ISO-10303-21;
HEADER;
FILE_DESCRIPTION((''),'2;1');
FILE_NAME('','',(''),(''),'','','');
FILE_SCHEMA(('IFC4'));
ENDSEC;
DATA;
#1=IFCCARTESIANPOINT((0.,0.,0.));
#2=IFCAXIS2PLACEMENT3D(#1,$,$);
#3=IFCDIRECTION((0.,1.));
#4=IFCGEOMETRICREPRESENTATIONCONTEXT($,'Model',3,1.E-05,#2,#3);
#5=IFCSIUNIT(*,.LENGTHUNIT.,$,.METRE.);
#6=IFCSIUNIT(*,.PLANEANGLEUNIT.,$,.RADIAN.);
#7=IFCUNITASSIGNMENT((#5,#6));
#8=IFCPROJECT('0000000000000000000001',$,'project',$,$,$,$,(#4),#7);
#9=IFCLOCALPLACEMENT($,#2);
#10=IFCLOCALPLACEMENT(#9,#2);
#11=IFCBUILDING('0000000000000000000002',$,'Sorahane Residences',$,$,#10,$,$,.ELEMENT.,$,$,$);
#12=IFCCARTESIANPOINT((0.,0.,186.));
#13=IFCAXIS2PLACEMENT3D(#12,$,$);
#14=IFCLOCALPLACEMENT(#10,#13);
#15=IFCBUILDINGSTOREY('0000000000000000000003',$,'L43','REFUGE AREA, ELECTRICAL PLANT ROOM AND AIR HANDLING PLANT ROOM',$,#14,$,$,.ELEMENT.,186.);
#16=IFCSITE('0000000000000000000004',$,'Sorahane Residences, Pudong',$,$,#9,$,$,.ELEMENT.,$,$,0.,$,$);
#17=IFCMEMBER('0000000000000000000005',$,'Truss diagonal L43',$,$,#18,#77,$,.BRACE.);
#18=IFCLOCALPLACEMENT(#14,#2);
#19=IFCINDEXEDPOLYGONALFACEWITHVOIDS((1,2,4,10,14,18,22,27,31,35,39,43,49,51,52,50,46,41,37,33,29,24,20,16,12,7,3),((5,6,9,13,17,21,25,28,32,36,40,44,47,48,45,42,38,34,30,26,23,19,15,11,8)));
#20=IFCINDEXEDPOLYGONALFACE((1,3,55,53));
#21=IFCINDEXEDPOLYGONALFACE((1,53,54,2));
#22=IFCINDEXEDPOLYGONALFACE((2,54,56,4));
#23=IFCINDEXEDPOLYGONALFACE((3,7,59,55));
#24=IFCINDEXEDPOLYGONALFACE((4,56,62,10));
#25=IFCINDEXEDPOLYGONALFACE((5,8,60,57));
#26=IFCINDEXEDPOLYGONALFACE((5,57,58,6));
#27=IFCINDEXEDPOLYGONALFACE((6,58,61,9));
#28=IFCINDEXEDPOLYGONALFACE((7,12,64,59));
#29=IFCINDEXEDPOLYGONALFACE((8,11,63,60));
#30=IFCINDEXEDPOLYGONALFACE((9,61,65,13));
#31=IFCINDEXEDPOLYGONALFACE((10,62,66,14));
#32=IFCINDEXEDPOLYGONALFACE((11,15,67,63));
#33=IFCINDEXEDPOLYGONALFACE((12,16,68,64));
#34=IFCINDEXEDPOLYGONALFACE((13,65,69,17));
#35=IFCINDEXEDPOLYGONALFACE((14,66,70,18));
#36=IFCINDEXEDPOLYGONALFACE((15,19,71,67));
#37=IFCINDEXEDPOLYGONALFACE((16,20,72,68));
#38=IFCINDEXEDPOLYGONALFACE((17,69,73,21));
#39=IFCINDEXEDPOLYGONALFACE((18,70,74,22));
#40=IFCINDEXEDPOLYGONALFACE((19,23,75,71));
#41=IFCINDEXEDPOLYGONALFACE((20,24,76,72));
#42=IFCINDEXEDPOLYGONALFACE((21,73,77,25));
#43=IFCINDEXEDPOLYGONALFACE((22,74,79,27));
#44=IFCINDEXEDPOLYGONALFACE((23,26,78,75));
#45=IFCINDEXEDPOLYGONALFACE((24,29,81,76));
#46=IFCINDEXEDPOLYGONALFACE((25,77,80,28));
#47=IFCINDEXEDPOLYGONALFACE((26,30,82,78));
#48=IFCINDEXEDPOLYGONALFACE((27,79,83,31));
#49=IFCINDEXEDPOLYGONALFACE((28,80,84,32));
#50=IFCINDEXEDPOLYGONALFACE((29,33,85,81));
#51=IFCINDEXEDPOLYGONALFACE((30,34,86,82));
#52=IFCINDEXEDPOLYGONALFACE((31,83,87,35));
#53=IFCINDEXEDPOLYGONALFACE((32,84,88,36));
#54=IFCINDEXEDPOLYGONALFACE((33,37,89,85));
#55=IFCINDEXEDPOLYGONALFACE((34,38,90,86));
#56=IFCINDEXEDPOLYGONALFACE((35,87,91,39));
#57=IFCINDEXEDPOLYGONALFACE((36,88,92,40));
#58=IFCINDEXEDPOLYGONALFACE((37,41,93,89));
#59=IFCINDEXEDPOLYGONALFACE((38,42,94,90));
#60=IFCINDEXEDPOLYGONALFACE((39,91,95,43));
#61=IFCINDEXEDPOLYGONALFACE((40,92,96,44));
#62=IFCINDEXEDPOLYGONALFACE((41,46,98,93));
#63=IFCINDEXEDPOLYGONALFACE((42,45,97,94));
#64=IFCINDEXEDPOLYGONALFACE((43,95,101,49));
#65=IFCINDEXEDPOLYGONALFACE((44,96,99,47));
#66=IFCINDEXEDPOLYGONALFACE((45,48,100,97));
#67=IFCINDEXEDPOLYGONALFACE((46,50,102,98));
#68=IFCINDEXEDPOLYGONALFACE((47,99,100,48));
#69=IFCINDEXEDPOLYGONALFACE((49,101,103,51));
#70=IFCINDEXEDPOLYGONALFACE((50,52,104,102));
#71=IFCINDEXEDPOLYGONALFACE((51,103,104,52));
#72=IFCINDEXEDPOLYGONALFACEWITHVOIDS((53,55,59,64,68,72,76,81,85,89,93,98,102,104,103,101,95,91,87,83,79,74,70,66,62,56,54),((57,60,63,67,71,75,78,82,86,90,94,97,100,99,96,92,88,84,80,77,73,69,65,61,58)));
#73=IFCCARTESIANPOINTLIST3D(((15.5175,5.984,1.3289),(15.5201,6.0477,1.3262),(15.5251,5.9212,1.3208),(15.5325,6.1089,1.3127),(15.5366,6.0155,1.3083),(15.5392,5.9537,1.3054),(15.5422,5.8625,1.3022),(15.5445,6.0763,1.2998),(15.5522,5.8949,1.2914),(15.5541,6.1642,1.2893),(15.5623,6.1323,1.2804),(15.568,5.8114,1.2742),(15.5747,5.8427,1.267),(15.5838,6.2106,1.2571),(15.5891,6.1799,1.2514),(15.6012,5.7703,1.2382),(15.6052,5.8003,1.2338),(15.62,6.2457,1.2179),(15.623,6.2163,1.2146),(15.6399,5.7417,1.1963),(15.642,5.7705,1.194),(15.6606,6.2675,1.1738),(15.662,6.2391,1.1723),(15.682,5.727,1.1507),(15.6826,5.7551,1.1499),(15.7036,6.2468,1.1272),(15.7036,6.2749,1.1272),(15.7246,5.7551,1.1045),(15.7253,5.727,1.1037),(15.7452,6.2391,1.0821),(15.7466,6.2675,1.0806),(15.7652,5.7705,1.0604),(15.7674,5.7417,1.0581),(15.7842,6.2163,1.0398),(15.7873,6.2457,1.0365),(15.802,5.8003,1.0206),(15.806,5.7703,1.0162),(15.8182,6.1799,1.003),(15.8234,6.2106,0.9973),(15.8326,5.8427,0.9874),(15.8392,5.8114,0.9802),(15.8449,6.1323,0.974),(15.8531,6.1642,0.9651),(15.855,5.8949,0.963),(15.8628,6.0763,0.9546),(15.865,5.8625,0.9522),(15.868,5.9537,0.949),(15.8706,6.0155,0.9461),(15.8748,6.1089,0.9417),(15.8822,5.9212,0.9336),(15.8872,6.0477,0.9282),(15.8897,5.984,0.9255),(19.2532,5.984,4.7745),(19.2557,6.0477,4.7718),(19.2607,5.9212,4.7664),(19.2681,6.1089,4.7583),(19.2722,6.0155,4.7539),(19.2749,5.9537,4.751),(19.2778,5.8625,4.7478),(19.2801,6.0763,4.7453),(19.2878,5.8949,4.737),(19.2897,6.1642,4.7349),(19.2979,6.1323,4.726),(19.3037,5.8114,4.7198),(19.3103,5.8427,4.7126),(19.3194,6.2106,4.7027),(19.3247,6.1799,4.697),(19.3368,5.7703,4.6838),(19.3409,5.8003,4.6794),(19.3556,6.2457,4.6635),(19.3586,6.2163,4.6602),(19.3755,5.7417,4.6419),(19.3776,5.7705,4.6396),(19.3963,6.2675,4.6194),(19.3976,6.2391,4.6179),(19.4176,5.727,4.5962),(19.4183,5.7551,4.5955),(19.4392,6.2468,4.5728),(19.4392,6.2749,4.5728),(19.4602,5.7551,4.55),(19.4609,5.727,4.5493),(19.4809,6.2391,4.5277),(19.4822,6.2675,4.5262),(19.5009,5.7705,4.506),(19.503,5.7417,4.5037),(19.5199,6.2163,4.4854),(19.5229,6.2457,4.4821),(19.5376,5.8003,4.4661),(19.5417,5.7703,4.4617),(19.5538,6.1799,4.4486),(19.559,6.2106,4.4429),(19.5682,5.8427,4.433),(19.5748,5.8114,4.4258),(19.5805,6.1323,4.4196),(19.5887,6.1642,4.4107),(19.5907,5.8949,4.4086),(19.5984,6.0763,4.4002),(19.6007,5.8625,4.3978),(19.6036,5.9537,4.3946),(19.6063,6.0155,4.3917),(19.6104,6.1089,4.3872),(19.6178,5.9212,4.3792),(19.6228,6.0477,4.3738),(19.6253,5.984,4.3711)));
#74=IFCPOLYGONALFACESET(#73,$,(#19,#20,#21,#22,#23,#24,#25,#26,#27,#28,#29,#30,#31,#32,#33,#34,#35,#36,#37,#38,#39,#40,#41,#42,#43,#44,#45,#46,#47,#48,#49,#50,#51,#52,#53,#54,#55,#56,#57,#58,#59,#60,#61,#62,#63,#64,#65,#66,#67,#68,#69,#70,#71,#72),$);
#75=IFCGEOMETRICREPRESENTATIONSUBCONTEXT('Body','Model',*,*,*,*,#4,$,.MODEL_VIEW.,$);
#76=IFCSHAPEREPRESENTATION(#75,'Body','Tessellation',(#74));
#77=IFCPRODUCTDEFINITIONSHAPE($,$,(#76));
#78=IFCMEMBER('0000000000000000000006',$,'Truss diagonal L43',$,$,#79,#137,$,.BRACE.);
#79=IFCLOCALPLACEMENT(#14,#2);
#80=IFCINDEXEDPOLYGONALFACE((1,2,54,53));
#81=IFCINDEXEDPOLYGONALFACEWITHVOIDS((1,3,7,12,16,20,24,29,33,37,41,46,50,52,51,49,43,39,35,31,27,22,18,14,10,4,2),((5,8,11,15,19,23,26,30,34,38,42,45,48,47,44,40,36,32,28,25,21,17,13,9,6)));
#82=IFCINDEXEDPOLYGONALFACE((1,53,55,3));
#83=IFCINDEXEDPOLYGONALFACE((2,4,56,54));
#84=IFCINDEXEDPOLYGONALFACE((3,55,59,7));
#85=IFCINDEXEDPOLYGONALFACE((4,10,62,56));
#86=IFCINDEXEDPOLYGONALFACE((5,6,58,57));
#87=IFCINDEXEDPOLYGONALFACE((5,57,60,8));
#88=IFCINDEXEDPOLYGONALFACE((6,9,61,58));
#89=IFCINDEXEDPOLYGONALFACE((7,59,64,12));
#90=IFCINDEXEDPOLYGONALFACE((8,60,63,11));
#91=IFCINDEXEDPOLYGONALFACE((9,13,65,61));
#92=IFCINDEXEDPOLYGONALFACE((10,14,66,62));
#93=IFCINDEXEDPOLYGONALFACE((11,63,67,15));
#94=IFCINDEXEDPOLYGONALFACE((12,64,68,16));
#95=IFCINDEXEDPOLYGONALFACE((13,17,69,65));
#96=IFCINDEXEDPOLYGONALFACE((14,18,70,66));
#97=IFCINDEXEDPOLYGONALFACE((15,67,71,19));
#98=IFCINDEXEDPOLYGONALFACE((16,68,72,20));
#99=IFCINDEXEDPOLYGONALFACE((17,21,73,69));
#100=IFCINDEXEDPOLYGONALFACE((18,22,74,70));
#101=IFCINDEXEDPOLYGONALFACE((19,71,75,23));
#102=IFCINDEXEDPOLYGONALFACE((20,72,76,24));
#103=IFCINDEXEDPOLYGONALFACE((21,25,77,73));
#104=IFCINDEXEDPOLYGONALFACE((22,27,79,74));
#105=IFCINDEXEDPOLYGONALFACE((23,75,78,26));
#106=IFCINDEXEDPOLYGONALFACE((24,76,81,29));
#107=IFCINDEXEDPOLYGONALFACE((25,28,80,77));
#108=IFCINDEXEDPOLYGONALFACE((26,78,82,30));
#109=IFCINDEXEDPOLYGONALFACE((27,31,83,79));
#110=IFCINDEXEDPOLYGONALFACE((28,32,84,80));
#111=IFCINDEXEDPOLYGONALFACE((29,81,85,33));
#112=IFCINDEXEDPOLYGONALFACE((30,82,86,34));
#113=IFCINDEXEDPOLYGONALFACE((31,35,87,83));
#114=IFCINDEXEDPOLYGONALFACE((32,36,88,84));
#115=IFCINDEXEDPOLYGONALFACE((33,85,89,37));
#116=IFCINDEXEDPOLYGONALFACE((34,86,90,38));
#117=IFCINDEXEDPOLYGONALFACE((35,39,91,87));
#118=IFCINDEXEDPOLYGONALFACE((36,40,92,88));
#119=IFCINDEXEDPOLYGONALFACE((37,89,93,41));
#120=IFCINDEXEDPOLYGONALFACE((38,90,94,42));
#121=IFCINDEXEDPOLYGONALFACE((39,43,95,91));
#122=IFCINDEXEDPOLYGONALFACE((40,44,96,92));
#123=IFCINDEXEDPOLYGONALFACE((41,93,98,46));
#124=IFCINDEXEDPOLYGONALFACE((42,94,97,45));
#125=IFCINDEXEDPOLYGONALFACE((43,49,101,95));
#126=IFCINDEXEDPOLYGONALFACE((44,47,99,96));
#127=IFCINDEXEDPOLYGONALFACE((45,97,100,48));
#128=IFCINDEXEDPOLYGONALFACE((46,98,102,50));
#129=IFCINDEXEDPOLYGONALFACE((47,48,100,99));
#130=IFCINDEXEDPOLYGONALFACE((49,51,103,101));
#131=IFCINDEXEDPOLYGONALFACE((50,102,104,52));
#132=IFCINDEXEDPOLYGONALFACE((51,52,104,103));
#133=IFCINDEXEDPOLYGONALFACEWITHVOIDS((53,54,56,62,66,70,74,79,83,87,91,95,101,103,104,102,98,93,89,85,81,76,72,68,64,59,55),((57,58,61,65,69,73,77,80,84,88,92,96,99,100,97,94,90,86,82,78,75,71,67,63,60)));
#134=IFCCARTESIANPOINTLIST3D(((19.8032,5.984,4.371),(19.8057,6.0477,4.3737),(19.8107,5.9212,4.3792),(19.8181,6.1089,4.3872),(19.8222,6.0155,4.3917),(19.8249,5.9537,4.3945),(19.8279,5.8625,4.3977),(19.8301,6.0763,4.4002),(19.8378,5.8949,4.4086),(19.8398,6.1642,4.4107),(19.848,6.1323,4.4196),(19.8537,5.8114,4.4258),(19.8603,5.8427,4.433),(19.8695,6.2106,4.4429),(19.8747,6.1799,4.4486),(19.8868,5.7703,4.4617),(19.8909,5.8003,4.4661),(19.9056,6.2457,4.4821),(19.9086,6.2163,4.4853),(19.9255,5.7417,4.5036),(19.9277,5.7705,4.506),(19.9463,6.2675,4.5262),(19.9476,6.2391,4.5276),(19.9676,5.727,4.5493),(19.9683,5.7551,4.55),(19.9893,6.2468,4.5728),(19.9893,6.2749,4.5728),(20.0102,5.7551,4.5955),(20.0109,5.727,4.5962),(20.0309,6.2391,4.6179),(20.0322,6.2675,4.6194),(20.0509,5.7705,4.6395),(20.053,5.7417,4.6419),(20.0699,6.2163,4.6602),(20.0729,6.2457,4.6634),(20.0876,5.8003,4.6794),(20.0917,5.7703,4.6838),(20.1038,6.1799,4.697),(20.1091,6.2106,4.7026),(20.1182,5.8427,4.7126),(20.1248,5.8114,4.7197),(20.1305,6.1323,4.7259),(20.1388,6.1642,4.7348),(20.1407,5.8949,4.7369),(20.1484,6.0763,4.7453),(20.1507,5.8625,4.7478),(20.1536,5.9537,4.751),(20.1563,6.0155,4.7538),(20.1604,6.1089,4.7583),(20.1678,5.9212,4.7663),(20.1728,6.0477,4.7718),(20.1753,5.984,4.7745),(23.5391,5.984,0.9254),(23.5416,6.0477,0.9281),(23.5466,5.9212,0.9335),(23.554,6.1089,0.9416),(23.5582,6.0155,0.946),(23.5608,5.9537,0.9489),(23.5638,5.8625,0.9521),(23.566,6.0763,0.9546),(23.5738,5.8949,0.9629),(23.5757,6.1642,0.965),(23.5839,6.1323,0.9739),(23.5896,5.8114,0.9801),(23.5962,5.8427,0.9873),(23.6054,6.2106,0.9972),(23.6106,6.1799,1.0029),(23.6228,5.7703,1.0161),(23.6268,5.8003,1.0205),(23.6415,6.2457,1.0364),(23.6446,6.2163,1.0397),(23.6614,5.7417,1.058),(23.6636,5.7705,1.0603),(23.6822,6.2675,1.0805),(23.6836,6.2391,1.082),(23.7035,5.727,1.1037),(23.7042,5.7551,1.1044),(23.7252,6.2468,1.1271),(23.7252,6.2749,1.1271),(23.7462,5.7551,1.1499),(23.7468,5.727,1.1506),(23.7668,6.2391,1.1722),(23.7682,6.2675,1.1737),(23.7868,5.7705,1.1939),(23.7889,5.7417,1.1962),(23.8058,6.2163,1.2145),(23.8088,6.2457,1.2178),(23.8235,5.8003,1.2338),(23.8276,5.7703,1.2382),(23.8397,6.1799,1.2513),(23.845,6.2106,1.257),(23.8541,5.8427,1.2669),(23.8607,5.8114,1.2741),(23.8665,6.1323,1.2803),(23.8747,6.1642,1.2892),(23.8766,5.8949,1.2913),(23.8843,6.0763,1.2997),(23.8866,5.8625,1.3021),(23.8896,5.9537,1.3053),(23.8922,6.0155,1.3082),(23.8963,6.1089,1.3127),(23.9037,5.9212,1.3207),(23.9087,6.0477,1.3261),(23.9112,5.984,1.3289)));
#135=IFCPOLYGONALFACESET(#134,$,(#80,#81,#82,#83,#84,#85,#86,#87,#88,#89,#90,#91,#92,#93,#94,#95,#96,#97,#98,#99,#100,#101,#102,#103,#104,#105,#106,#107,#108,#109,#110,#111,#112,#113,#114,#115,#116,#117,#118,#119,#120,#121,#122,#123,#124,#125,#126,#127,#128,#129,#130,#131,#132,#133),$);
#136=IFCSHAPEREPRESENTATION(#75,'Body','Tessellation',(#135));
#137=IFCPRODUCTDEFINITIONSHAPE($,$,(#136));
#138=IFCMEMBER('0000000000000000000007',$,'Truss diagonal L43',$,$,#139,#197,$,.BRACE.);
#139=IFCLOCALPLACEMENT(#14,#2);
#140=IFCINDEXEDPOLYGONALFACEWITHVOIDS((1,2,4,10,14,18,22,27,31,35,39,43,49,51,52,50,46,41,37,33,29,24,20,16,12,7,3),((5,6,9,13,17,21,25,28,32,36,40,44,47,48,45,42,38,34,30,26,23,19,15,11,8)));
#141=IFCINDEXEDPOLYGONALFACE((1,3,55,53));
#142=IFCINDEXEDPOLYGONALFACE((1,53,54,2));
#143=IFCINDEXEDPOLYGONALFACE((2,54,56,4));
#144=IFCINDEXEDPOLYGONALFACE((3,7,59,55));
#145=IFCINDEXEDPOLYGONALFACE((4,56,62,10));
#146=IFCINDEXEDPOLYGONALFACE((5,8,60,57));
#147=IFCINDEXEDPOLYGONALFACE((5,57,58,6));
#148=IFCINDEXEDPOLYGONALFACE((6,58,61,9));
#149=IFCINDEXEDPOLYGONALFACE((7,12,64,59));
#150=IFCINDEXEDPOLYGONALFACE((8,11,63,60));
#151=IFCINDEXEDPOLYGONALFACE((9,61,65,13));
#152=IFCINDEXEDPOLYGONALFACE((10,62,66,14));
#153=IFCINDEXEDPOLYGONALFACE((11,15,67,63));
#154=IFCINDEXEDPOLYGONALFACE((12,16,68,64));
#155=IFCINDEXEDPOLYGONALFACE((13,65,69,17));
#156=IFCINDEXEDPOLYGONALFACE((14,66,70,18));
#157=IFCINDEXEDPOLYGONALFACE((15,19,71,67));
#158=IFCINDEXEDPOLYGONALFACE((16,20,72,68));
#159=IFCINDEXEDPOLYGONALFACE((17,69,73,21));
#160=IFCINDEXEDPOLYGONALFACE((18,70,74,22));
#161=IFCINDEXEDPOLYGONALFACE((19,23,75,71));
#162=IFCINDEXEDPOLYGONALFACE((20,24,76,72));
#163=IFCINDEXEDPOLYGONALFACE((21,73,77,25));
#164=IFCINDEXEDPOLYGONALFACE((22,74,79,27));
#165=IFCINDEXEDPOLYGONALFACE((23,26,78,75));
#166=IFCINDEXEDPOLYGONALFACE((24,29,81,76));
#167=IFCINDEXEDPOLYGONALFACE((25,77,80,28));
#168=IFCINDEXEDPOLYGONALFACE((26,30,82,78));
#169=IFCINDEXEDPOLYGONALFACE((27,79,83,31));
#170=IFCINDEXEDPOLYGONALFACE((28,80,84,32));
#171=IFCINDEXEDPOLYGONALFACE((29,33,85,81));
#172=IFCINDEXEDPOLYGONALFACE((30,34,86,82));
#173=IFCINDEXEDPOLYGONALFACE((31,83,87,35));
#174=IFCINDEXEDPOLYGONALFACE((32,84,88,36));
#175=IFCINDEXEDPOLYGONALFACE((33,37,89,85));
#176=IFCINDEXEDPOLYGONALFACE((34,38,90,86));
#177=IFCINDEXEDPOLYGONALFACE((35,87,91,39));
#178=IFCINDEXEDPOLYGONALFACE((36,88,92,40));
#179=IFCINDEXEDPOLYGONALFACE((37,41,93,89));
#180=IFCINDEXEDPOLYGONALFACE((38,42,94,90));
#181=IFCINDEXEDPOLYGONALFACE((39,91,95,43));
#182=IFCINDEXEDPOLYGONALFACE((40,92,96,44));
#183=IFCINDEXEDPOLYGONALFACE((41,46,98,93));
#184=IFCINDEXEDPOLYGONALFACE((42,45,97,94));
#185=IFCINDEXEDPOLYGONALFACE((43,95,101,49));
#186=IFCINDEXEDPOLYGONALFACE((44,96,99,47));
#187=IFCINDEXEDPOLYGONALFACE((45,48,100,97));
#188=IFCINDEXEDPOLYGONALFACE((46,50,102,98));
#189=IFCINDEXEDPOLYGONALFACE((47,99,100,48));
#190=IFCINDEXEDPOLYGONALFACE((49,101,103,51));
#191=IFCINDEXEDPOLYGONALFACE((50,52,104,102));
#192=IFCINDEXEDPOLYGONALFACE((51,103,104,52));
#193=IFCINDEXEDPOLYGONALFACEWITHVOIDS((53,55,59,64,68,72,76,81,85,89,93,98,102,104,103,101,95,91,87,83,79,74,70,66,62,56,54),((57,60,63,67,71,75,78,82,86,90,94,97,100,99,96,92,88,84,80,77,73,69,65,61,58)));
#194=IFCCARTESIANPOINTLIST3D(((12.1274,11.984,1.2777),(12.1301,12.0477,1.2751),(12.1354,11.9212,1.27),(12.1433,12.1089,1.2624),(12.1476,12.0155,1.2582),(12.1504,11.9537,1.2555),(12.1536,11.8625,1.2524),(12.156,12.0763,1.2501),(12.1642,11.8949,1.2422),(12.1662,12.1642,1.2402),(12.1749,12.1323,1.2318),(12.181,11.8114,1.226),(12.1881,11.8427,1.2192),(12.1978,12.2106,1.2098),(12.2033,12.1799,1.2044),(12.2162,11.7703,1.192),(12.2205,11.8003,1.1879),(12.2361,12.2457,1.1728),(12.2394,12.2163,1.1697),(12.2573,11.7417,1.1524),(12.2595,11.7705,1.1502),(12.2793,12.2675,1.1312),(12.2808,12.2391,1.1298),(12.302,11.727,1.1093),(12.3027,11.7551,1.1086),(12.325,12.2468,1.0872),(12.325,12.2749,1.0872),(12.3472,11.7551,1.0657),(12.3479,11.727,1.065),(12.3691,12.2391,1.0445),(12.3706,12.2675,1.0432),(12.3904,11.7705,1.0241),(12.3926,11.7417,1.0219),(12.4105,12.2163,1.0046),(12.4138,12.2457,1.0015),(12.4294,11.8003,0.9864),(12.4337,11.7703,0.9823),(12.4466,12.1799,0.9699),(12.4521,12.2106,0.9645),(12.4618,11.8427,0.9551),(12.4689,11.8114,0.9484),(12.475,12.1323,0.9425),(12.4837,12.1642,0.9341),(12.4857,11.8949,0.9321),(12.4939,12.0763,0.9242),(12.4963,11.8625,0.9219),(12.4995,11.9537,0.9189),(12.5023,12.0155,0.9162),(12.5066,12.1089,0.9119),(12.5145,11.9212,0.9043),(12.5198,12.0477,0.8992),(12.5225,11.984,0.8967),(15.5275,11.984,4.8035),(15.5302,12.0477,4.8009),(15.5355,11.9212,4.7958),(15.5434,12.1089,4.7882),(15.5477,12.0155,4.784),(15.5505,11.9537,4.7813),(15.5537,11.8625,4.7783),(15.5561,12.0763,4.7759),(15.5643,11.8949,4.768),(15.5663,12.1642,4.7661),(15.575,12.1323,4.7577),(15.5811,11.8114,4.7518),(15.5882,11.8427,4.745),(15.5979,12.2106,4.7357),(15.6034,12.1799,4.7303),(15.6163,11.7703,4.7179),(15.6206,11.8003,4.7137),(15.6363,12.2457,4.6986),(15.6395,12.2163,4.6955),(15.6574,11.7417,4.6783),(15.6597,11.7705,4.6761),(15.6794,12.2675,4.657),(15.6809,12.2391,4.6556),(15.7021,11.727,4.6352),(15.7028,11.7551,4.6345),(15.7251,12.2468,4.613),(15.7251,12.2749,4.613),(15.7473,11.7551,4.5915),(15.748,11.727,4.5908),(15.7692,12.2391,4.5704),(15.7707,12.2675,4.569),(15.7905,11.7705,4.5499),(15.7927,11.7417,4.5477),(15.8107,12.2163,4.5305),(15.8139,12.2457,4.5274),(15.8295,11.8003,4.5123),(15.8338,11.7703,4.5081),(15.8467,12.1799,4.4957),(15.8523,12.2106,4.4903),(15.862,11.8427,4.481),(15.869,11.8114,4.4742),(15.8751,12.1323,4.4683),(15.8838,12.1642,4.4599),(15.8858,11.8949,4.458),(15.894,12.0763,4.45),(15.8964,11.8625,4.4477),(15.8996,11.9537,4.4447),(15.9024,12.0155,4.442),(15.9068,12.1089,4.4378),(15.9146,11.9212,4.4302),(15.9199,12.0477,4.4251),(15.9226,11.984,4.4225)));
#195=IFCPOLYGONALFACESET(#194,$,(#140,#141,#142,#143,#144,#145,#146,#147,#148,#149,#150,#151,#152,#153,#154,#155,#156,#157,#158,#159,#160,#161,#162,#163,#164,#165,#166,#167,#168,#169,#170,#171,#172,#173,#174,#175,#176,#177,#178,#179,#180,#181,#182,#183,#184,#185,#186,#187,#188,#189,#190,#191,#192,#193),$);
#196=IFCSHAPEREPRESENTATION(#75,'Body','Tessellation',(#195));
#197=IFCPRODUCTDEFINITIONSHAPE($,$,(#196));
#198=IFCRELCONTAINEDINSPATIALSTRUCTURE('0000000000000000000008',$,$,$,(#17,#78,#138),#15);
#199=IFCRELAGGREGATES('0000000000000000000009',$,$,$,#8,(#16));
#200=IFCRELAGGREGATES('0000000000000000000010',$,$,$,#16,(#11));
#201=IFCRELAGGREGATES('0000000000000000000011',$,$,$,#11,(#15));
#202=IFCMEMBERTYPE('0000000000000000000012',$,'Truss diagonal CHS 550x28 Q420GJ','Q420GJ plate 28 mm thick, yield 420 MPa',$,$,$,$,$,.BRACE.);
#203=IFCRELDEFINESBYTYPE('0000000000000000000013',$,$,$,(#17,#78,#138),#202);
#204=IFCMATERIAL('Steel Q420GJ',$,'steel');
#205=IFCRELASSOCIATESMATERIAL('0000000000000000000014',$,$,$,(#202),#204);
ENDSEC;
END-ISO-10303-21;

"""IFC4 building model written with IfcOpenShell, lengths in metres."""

from ifc_helpers import new_model, si_unit, direction, frame, origin, origin_2d, place, context, subcontext, project, spatial, hollow_circle, extrude, material, material_profile, profile_set, type_object, element, save


model = new_model("IFC4")

# Units and contexts
model_context = context("Model", 3, precision=1e-05, world=origin(), true_north=direction((0.0, 1.0)))
body_context = subcontext(model_context, "Body", "Model", "MODEL_VIEW")
ifc_project = project(units=[si_unit("LENGTHUNIT", "METRE"), si_unit("PLANEANGLEUNIT", "RADIAN")], contexts=[model_context])

# Site, building, storey
site_placement = place(None, origin())
site = spatial("IfcSite", under=ifc_project, at=site_placement, Name="Sorahane Residences, Pudong", CompositionType="ELEMENT", RefElevation=0.0)
building_placement = place(site_placement, origin())
building = spatial("IfcBuilding", under=site, at=building_placement, Name="Sorahane Residences", CompositionType="ELEMENT")
storey_placement = place(building_placement, frame((0.0, 0.0, 186.0)))
storey = spatial("IfcBuildingStorey", under=building, at=storey_placement, Name="L43", Description="REFUGE AREA, ELECTRICAL PLANT ROOM AND AIR HANDLING PLANT ROOM", CompositionType="ELEMENT", Elevation=186.0)

# Members
ifc_material_1 = material(Name="Steel Q420GJ", Category="steel")
ifc_material_profile_1 = material_profile(ifc_material_1, hollow_circle(Radius=0.2749, WallThickness=0.0281, at=origin_2d()), Name="CHS 550x28")
ifc_profile_set_1 = profile_set([ifc_material_profile_1], Name="Steel Q420GJ")
member_type = type_object("IfcMemberType", Name="Truss diagonal CHS 550x28 Q420GJ", Description="Q420GJ plate 28 mm thick, yield 420 MPa", PredefinedType="BRACE", material=ifc_profile_set_1)
member_1_placement = place(storey_placement, frame((15.7036, 6.0, 1.1272), z_axis=(0.735067, 0.0, 0.677995), x_axis=(0.0, 1.0, 0.0)))
element("IfcMember", 1, at=member_1_placement, inside=storey, type_object=member_type, Name="Truss diagonal L43", PredefinedType="BRACE", context=body_context, shape_type="SweptSolid", body=[
    extrude(hollow_circle(Radius=0.2749, WallThickness=0.0281, at=origin_2d()), origin(), (0.0, 0.0, 1.0), 5.082),
])
member_2_placement = place(storey_placement, frame((19.9893, 6.0, 4.5728), z_axis=(0.735089, 0.0, -0.677971), x_axis=(0.0, 1.0, 0.0)))
element("IfcMember", 2, at=member_2_placement, inside=storey, type_object=member_type, Name="Truss diagonal L43", PredefinedType="BRACE", context=body_context, shape_type="SweptSolid", body=[
    extrude(hollow_circle(Radius=0.2749, WallThickness=0.0281, at=origin_2d()), origin(), (0.0, 0.0, 1.0), 5.0823),
])
member_3_placement = place(storey_placement, frame((12.325, 12.0, 1.0872), z_axis=(0.694156, 0.0, 0.719825), x_axis=(0.0, 1.0, 0.0)))
element("IfcMember", 3, at=member_3_placement, inside=storey, type_object=member_type, Name="Truss diagonal L43", PredefinedType="BRACE", context=body_context, shape_type="SweptSolid", body=[
    extrude(hollow_circle(Radius=0.2749, WallThickness=0.0281, at=origin_2d()), origin(), (0.0, 0.0, 1.0), 4.8982),
])

save(model, "model.ifc")
